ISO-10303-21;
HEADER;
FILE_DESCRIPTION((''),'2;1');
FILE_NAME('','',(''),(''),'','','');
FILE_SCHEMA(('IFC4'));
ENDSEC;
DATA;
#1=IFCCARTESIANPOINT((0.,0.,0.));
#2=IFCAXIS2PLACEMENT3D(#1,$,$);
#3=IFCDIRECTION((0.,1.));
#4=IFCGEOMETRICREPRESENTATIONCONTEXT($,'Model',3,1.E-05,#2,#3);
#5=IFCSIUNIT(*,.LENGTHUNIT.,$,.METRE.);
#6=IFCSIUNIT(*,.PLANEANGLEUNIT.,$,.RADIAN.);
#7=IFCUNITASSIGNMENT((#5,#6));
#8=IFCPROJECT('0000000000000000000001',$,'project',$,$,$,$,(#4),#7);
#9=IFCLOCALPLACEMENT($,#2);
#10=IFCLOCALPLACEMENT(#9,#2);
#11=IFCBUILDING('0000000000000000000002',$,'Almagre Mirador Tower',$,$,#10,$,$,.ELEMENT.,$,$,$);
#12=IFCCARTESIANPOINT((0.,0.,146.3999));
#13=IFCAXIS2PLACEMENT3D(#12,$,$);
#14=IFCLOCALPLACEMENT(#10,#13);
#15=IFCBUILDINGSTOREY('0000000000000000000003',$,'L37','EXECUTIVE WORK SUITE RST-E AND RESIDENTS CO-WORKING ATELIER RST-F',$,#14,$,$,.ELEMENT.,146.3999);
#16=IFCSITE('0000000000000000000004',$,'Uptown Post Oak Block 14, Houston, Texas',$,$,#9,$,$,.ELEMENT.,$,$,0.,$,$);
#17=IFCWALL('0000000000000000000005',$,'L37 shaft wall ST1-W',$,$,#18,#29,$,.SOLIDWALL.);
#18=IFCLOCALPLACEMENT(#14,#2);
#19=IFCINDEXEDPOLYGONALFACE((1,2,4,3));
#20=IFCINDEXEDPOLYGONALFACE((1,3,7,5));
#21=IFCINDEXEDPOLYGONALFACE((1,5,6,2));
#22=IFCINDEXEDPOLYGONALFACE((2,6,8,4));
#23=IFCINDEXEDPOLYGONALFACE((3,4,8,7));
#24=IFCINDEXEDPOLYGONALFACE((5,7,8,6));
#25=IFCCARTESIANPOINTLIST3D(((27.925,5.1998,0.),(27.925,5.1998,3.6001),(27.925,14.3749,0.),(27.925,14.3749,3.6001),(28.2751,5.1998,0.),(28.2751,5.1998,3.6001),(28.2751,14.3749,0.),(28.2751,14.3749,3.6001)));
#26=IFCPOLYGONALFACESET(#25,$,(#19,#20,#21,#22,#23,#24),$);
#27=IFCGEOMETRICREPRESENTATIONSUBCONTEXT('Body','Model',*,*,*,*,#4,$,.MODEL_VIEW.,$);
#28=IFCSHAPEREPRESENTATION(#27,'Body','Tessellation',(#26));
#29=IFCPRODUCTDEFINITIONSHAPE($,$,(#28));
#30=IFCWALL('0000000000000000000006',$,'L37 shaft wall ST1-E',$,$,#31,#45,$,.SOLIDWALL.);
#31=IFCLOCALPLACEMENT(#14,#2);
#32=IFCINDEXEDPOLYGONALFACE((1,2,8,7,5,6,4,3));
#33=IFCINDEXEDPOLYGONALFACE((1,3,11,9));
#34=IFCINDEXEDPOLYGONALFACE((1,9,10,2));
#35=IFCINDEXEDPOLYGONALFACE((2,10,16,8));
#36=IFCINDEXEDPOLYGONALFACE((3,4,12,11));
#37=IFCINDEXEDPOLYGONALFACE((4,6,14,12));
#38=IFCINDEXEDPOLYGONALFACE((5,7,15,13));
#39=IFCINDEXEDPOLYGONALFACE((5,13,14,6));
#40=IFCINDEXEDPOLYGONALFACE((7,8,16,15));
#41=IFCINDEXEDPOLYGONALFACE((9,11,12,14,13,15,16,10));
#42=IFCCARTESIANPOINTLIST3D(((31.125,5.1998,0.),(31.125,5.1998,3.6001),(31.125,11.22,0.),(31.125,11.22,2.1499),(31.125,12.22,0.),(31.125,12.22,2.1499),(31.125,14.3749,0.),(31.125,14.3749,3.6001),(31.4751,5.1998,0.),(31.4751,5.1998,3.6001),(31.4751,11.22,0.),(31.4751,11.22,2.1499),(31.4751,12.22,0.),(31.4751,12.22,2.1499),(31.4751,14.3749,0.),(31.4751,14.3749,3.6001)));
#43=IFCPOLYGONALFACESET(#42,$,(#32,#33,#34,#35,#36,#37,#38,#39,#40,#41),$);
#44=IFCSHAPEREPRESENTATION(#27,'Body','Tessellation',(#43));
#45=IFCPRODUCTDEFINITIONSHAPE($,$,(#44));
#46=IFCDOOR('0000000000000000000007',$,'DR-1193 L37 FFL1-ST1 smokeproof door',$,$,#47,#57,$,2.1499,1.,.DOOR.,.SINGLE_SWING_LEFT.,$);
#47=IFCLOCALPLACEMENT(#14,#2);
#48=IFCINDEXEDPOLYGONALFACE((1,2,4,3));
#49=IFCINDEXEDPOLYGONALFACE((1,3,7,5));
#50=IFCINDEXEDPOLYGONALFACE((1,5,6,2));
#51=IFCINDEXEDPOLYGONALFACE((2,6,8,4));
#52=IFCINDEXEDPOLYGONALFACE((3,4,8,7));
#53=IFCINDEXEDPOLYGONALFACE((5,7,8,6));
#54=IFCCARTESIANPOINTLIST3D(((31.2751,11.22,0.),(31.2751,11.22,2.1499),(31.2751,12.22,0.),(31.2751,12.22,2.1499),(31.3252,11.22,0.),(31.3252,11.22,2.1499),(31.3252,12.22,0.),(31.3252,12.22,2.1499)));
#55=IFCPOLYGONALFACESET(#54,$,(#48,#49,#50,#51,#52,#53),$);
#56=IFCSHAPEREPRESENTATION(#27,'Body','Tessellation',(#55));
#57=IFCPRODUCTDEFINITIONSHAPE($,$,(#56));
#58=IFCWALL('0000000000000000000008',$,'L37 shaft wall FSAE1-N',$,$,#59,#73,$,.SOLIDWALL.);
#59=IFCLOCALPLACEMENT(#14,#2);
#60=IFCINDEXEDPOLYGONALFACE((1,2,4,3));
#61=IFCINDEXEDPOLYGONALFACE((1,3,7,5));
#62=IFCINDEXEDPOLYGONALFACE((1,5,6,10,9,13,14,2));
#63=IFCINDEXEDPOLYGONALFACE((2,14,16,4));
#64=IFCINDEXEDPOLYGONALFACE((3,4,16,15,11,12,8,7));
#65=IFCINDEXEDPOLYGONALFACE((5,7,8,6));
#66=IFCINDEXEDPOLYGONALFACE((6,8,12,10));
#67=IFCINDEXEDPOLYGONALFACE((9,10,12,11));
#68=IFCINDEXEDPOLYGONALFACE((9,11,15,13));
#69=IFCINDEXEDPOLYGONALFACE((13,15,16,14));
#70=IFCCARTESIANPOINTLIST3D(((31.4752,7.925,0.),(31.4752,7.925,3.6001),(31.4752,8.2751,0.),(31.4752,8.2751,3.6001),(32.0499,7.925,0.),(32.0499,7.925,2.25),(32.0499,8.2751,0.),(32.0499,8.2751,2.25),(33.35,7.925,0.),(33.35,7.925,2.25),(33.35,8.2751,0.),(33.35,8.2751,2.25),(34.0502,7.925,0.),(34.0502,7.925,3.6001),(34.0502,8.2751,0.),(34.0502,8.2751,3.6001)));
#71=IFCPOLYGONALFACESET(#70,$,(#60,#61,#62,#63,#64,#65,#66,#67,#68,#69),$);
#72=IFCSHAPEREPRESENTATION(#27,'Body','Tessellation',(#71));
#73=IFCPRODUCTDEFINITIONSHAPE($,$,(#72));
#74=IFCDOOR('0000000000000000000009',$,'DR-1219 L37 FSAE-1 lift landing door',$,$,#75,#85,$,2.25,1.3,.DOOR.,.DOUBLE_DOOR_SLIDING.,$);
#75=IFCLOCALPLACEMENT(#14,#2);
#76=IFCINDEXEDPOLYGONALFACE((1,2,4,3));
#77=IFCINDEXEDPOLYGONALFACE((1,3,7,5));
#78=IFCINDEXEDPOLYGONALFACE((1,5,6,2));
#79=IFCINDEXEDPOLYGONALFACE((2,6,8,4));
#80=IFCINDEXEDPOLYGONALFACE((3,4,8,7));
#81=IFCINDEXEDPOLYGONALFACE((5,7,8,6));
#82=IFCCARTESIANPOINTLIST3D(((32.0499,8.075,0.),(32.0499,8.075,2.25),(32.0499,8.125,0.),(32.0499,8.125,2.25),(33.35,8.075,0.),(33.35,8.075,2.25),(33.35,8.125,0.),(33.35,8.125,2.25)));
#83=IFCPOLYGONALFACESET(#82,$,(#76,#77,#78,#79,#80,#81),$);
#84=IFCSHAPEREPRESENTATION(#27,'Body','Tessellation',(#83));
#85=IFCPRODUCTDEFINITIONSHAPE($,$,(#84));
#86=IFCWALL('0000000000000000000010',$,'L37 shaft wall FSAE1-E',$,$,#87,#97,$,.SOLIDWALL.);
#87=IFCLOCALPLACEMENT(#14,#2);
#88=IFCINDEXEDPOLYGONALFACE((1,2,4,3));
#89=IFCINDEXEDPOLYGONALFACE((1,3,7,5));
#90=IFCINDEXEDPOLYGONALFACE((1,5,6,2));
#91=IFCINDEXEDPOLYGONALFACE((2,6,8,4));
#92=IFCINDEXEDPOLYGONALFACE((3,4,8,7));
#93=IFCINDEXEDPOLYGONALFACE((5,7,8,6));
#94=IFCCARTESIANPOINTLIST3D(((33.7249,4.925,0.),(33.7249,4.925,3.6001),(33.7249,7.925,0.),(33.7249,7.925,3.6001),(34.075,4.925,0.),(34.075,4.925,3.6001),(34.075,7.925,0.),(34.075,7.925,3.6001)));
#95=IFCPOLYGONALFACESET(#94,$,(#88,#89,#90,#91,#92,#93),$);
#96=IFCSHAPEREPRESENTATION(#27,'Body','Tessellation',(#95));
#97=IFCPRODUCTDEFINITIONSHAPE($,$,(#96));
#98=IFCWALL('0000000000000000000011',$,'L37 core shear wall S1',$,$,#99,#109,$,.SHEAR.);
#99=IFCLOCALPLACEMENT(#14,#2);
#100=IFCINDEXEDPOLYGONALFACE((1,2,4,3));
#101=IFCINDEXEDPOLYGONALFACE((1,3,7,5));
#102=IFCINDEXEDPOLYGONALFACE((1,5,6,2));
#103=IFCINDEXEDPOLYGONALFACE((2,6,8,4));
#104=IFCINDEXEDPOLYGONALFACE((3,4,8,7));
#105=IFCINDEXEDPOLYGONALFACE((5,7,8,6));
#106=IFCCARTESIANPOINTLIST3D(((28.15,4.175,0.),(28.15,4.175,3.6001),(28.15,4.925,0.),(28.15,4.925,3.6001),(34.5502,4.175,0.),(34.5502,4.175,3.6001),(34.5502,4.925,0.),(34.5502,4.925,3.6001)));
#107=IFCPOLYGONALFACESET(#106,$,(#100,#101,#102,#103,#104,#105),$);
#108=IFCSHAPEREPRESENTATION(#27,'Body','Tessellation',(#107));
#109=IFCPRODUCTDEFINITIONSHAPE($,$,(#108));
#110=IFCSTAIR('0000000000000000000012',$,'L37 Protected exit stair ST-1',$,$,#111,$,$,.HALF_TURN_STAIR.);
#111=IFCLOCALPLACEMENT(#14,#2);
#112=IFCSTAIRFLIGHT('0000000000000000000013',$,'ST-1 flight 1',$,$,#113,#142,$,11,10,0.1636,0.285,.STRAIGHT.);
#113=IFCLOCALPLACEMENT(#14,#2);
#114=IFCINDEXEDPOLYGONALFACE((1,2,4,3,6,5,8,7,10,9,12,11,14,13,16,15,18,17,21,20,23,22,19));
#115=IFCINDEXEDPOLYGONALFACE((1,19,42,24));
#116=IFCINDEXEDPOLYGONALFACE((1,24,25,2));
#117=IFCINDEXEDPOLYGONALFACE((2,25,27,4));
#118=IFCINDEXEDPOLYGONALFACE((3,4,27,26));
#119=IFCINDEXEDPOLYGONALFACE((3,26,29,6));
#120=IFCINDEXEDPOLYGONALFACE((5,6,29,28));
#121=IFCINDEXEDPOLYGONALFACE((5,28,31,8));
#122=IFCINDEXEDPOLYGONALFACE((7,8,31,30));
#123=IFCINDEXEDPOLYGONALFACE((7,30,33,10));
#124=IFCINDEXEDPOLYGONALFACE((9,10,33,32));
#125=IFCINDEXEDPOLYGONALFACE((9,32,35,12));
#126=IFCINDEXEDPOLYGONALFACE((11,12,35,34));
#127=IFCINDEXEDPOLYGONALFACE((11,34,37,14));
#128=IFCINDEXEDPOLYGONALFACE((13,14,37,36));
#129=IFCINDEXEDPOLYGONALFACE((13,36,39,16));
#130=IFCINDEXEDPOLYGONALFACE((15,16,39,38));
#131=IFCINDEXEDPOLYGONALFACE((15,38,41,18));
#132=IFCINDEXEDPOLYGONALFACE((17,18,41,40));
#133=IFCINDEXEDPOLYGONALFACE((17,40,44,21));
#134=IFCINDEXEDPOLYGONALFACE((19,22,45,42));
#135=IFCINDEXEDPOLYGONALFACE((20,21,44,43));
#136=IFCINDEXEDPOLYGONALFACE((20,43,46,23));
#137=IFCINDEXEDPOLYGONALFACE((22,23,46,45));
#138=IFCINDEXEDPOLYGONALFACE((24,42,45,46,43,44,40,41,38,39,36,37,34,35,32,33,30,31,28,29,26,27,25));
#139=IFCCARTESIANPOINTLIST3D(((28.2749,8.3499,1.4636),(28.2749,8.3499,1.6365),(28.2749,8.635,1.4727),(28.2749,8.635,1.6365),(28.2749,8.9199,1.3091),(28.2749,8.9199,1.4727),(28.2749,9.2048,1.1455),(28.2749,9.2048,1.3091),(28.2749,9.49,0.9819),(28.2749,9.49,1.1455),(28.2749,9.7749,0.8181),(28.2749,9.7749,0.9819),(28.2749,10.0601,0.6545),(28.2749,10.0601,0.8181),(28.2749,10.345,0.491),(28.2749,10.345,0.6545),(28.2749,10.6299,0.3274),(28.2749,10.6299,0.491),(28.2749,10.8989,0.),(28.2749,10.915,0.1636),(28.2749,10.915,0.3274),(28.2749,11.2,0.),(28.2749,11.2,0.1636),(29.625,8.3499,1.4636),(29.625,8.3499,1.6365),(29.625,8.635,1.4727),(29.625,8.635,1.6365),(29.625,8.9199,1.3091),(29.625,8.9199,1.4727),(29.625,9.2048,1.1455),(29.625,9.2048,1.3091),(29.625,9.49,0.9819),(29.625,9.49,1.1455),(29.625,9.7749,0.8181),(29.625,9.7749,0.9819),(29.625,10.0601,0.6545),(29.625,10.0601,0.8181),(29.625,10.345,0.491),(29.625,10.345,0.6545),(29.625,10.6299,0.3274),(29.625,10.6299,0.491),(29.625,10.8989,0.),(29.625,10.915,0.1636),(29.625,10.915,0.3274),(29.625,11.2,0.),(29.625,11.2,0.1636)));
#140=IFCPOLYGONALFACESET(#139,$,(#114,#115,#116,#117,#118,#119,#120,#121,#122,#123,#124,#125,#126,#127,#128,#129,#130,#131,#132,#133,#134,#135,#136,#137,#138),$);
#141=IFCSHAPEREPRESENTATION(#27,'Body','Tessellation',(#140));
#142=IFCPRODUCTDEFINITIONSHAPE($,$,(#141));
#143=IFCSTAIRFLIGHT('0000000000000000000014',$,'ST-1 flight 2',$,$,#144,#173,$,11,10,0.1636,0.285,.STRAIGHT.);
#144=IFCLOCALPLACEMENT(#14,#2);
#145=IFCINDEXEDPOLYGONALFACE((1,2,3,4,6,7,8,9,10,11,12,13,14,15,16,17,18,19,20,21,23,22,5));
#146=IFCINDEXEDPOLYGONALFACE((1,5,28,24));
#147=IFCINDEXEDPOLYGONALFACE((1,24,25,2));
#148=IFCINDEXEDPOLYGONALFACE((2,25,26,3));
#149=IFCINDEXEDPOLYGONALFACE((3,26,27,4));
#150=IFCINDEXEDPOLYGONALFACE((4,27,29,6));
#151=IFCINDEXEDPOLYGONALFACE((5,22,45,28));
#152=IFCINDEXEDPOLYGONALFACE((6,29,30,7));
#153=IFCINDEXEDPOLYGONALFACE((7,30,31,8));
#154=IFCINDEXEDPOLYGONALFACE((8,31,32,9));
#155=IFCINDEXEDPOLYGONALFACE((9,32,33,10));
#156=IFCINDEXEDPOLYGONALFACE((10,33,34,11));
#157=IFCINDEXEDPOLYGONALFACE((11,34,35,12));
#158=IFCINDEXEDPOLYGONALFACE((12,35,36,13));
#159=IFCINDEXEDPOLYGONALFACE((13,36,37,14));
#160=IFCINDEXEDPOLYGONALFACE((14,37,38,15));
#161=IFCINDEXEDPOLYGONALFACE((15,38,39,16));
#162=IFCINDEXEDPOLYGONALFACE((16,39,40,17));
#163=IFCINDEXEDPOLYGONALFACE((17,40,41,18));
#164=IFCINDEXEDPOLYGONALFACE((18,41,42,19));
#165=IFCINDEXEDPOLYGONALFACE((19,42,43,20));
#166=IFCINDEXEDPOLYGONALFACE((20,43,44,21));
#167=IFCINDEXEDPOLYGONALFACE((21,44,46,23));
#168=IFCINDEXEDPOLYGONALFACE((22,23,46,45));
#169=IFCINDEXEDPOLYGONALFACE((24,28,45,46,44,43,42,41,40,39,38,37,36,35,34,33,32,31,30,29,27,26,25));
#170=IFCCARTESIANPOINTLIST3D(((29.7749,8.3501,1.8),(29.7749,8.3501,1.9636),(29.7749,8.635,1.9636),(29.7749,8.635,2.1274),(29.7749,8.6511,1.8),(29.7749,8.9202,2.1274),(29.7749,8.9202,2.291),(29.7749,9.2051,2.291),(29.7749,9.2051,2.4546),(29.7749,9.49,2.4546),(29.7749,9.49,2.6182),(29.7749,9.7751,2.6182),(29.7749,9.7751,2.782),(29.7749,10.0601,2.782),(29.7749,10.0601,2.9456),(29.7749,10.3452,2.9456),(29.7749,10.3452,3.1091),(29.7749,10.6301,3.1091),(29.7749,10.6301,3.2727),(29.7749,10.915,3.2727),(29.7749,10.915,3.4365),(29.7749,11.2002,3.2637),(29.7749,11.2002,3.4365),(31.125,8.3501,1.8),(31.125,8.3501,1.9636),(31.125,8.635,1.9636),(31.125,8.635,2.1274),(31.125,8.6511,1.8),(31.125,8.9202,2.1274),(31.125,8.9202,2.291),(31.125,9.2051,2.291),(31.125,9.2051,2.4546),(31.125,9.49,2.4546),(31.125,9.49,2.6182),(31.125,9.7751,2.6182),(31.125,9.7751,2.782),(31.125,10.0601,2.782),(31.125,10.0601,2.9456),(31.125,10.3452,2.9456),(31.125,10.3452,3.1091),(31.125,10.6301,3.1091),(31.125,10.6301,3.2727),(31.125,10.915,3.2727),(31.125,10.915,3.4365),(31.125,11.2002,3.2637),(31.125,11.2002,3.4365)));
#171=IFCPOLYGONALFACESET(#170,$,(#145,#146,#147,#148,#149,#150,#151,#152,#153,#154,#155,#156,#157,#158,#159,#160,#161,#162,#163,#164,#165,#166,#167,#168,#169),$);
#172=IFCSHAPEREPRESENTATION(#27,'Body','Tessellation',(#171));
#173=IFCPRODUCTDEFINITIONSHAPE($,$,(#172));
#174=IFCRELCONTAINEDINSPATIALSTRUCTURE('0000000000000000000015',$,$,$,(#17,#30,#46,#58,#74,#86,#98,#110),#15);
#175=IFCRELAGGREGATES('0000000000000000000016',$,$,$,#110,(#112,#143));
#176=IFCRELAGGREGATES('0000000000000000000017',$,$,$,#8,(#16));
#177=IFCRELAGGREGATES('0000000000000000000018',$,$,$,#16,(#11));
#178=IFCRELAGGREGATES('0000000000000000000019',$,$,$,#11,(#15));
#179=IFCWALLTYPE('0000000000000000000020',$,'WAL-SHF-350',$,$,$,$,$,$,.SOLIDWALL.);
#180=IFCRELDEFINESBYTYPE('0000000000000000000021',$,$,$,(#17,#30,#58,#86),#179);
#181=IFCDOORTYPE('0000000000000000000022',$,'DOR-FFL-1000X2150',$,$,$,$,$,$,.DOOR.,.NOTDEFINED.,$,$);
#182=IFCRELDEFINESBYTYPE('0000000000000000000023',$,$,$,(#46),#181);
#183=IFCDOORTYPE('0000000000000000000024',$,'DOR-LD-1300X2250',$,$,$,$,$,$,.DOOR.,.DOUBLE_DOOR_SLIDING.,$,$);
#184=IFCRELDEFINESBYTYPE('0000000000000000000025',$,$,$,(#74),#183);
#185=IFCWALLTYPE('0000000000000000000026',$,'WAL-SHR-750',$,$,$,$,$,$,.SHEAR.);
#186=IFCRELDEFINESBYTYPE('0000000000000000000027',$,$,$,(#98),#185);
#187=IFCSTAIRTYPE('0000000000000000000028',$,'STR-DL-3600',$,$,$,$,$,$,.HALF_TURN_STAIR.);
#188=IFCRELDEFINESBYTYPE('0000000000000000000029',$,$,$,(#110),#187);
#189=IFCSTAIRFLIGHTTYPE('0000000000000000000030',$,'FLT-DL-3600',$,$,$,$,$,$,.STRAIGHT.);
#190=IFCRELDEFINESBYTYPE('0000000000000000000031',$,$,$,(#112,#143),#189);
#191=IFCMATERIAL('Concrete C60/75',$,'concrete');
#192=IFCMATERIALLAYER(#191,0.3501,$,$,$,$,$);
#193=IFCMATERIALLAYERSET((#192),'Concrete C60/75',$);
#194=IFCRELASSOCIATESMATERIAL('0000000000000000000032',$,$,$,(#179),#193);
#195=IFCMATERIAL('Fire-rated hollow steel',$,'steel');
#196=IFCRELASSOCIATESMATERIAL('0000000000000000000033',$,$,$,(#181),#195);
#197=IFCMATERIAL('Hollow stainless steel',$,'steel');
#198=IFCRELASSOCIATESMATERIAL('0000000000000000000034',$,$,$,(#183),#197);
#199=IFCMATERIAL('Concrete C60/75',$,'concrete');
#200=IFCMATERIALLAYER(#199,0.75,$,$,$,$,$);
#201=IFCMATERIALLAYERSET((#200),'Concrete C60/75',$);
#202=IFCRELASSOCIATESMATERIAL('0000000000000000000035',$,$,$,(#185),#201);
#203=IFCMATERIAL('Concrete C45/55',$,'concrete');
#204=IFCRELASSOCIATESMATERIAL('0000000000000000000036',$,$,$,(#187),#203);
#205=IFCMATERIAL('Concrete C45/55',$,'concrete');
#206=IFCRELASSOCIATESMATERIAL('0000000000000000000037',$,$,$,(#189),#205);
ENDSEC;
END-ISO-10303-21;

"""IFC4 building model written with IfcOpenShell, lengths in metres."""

from ifc_helpers import new_model, si_unit, direction, frame, frame_2d, origin, place, context, subcontext, project, spatial, polyline, rectangle, outline, extrude, material, layer, layer_set, type_object, element, fill, aggregate, save


model = new_model("IFC4")

# Units and contexts
model_context = context("Model", 3, precision=1e-05, world=origin(), true_north=direction((0.0, 1.0)))
body_context = subcontext(model_context, "Body", "Model", "MODEL_VIEW")
ifc_project = project(units=[si_unit("LENGTHUNIT", "METRE"), si_unit("PLANEANGLEUNIT", "RADIAN")], contexts=[model_context])

# Site, building, storey
site_placement = place(None, origin())
site = spatial("IfcSite", under=ifc_project, at=site_placement, Name="Uptown Post Oak Block 14, Houston, Texas", CompositionType="ELEMENT", RefElevation=0.0)
building_placement = place(site_placement, origin())
building = spatial("IfcBuilding", under=site, at=building_placement, Name="Almagre Mirador Tower", CompositionType="ELEMENT")
storey_placement = place(building_placement, frame((0.0, 0.0, 146.3999)))
storey = spatial("IfcBuildingStorey", under=building, at=storey_placement, Name="L37", Description="EXECUTIVE WORK SUITE RST-E AND RESIDENTS CO-WORKING ATELIER RST-F", CompositionType="ELEMENT", Elevation=146.3999)

# Wall
ifc_material_1 = material(Name="Concrete C60/75", Category="concrete")
ifc_layer_1 = layer(ifc_material_1, 0.3501)
ifc_layer_set_1 = layer_set([ifc_layer_1], Name="Concrete C60/75")
wall_type_1 = type_object("IfcWallType", Name="WAL-SHF-350", PredefinedType="SOLIDWALL", material=ifc_layer_set_1)
wall_1_placement = place(storey_placement, frame((28.1001, 5.2, 0.0), z_axis=(0.0, 0.0, 1.0), x_axis=(0.0, 1.0, 0.0)))
element("IfcWall", 1, at=wall_1_placement, inside=storey, type_object=wall_type_1, Name="L37 shaft wall ST1-W", PredefinedType="SOLIDWALL", context=body_context, shape_type="SweptSolid", body=[
    extrude(rectangle(XDim=9.175, YDim=0.3501, at=frame_2d((4.5874, 0.0))), origin(), (0.0, 0.0, 1.0), 3.6001),
])

# Walls, openings, doors
wall_2_placement = place(storey_placement, frame((31.3, 5.2, 0.0), z_axis=(0.0, 0.0, 1.0), x_axis=(0.0, 1.0, 0.0)))
wall_2 = element("IfcWall", 2, at=wall_2_placement, inside=storey, type_object=wall_type_1, Name="L37 shaft wall ST1-E", PredefinedType="SOLIDWALL", context=body_context, shape_type="SweptSolid", body=[
    extrude(rectangle(XDim=9.175, YDim=0.3501, at=frame_2d((4.5874, 0.0))), origin(), (0.0, 0.0, 1.0), 3.6001),
])
opening_1_placement = place(wall_2_placement, frame((6.02, 0.0, 0.0)))
opening_1 = element("IfcOpeningElement", 3, at=opening_1_placement, cuts=wall_2, PredefinedType="OPENING", context=body_context, shape_type="SweptSolid", body=[
    extrude(rectangle(XDim=1.0, YDim=2.1499, at=frame_2d((0.5, 1.075))), frame((0.0, 0.185, 0.0), z_axis=(0.0, -1.0, 0.0), x_axis=(1.0, 0.0, 0.0)), (0.0, 0.0, 1.0), 0.3701),
])
ifc_material_2 = material(Name="Fire-rated hollow steel", Category="steel")
door_type_1 = type_object("IfcDoorType", Name="DOR-FFL-1000X2150", OperationType="NOTDEFINED", PredefinedType="DOOR", material=ifc_material_2)
door_1_placement = place(opening_1_placement, origin())
door_1 = element("IfcDoor", 4, at=door_1_placement, inside=storey, type_object=door_type_1, Name="DR-1193 L37 FFL1-ST1 smokeproof door", OperationType="SINGLE_SWING_LEFT", OverallHeight=2.1499, OverallWidth=1.0, PredefinedType="DOOR", context=body_context, shape_type="SweptSolid", body=[
    extrude(rectangle(XDim=1.0, YDim=2.1499, at=frame_2d((0.5, 1.075))), frame((0.0, 0.0249, 0.0), z_axis=(0.0, -1.0, 0.0), x_axis=(1.0, 0.0, 0.0)), (0.0, 0.0, 1.0), 0.05),
])
fill(opening_1, door_1)
wall_3_placement = place(storey_placement, frame((31.4751, 8.1001, 0.0), z_axis=(0.0, 0.0, 1.0), x_axis=(1.0, 0.0, 0.0)))
wall_3 = element("IfcWall", 5, at=wall_3_placement, inside=storey, type_object=wall_type_1, Name="L37 shaft wall FSAE1-N", PredefinedType="SOLIDWALL", context=body_context, shape_type="SweptSolid", body=[
    extrude(rectangle(XDim=2.575, YDim=0.3501, at=frame_2d((1.2876, 0.0))), origin(), (0.0, 0.0, 1.0), 3.6001),
])
opening_2_placement = place(wall_3_placement, frame((0.575, 0.0, 0.0)))
opening_2 = element("IfcOpeningElement", 6, at=opening_2_placement, cuts=wall_3, PredefinedType="OPENING", context=body_context, shape_type="SweptSolid", body=[
    extrude(rectangle(XDim=1.3, YDim=2.25, at=frame_2d((0.6499, 1.125))), frame((0.0, 0.185, 0.0), z_axis=(0.0, -1.0, 0.0), x_axis=(1.0, 0.0, 0.0)), (0.0, 0.0, 1.0), 0.3701),
])
ifc_material_3 = material(Name="Hollow stainless steel", Category="steel")
door_type_2 = type_object("IfcDoorType", Name="DOR-LD-1300X2250", OperationType="DOUBLE_DOOR_SLIDING", PredefinedType="DOOR", material=ifc_material_3)
door_2_placement = place(opening_2_placement, origin())
door_2 = element("IfcDoor", 7, at=door_2_placement, inside=storey, type_object=door_type_2, Name="DR-1219 L37 FSAE-1 lift landing door", OperationType="DOUBLE_DOOR_SLIDING", OverallHeight=2.25, OverallWidth=1.3, PredefinedType="DOOR", context=body_context, shape_type="SweptSolid", body=[
    extrude(rectangle(XDim=1.3, YDim=2.25, at=frame_2d((0.6499, 1.125))), frame((0.0, 0.0249, 0.0), z_axis=(0.0, -1.0, 0.0), x_axis=(1.0, 0.0, 0.0)), (0.0, 0.0, 1.0), 0.05),
])
fill(opening_2, door_2)

# Walls
wall_4_placement = place(storey_placement, frame((33.8999, 4.925, 0.0), z_axis=(0.0, 0.0, 1.0), x_axis=(0.0, 1.0, 0.0)))
element("IfcWall", 8, at=wall_4_placement, inside=storey, type_object=wall_type_1, Name="L37 shaft wall FSAE1-E", PredefinedType="SOLIDWALL", context=body_context, shape_type="SweptSolid", body=[
    extrude(rectangle(XDim=3.0, YDim=0.3501, at=frame_2d((1.5, 0.0))), origin(), (0.0, 0.0, 1.0), 3.6001),
])
ifc_material_4 = material(Name="Concrete C60/75", Category="concrete")
ifc_layer_2 = layer(ifc_material_4, 0.75)
ifc_layer_set_2 = layer_set([ifc_layer_2], Name="Concrete C60/75")
wall_type_2 = type_object("IfcWallType", Name="WAL-SHR-750", PredefinedType="SHEAR", material=ifc_layer_set_2)
wall_5_placement = place(storey_placement, frame((28.1499, 4.55, 0.0), z_axis=(0.0, 0.0, 1.0), x_axis=(1.0, 0.0, 0.0)))
element("IfcWall", 9, at=wall_5_placement, inside=storey, type_object=wall_type_2, Name="L37 core shear wall S1", PredefinedType="SHEAR", context=body_context, shape_type="SweptSolid", body=[
    extrude(rectangle(XDim=6.4001, YDim=0.75, at=frame_2d((3.2002, 0.0))), origin(), (0.0, 0.0, 1.0), 3.6001),
])

# Stair, stair flights
ifc_material_5 = material(Name="Concrete C45/55", Category="concrete")
stair_type = type_object("IfcStairType", Name="STR-DL-3600", PredefinedType="HALF_TURN_STAIR", material=ifc_material_5)
stair_placement = place(storey_placement, origin())
stair = element("IfcStair", 10, at=stair_placement, inside=storey, type_object=stair_type, Name="L37 Protected exit stair ST-1", PredefinedType="HALF_TURN_STAIR")
ifc_material_6 = material(Name="Concrete C45/55", Category="concrete")
stair_flight_type = type_object("IfcStairFlightType", Name="FLT-DL-3600", PredefinedType="STRAIGHT", material=ifc_material_6)
stair_flight_1_placement = place(storey_placement, frame((28.95, 11.2, 0.0), z_axis=(0.0, 0.0, 1.0), x_axis=(0.0, -1.0, 0.0)))
stair_flight_1 = element("IfcStairFlight", 11, at=stair_flight_1_placement, type_object=stair_flight_type, Name="ST-1 flight 1", NumberOfRisers=11, NumberOfTreads=10, PredefinedType="STRAIGHT", RiserHeight=0.1636, TreadLength=0.285, context=body_context, shape_type="SweptSolid", body=[
    extrude(outline(polyline([(0.0, 0.0), (0.0, 0.1636), (0.2849, 0.1636), (0.2849, 0.3274), (0.5701, 0.3274), (0.5701, 0.491), (0.855, 0.491), (0.855, 0.6545), (1.1399, 0.6545), (1.1399, 0.8181), (1.425, 0.8181), (1.425, 0.9819), (1.71, 0.9819), (1.71, 1.1455), (1.9951, 1.1455), (1.9951, 1.3091), (2.28, 1.3091), (2.28, 1.4727), (2.5649, 1.4727), (2.5649, 1.6365), (2.8501, 1.6365), (2.8501, 1.8), (2.8501, 1.4636), (0.301, 0.0), (0.0, 0.0)])), frame((0.0, 0.675, 0.0), z_axis=(0.0, -1.0, 0.0), x_axis=(1.0, 0.0, 0.0)), (0.0, 0.0, 1.0), 1.3501),
])
stair_flight_2_placement = place(storey_placement, frame((30.45, 8.3501, 1.8), z_axis=(0.0, 0.0, 1.0), x_axis=(0.0, 1.0, 0.0)))
stair_flight_2 = element("IfcStairFlight", 12, at=stair_flight_2_placement, type_object=stair_flight_type, Name="ST-1 flight 2", NumberOfRisers=11, NumberOfTreads=10, PredefinedType="STRAIGHT", RiserHeight=0.1636, TreadLength=0.285, context=body_context, shape_type="SweptSolid", body=[
    extrude(outline(polyline([(0.0, 0.0), (0.0, 0.1636), (0.2849, 0.1636), (0.2849, 0.3274), (0.5701, 0.3274), (0.5701, 0.491), (0.855, 0.491), (0.855, 0.6545), (1.1399, 0.6545), (1.1399, 0.8181), (1.425, 0.8181), (1.425, 0.9819), (1.71, 0.9819), (1.71, 1.1455), (1.9951, 1.1455), (1.9951, 1.3091), (2.28, 1.3091), (2.28, 1.4727), (2.5649, 1.4727), (2.5649, 1.6365), (2.8501, 1.6365), (2.8501, 1.8), (2.8501, 1.4636), (0.301, 0.0), (0.0, 0.0)])), frame((0.0, 0.675, 0.0), z_axis=(0.0, -1.0, 0.0), x_axis=(1.0, 0.0, 0.0)), (0.0, 0.0, 1.0), 1.3501),
])
aggregate(stair, [stair_flight_1, stair_flight_2])

save(model, "model.ifc")
